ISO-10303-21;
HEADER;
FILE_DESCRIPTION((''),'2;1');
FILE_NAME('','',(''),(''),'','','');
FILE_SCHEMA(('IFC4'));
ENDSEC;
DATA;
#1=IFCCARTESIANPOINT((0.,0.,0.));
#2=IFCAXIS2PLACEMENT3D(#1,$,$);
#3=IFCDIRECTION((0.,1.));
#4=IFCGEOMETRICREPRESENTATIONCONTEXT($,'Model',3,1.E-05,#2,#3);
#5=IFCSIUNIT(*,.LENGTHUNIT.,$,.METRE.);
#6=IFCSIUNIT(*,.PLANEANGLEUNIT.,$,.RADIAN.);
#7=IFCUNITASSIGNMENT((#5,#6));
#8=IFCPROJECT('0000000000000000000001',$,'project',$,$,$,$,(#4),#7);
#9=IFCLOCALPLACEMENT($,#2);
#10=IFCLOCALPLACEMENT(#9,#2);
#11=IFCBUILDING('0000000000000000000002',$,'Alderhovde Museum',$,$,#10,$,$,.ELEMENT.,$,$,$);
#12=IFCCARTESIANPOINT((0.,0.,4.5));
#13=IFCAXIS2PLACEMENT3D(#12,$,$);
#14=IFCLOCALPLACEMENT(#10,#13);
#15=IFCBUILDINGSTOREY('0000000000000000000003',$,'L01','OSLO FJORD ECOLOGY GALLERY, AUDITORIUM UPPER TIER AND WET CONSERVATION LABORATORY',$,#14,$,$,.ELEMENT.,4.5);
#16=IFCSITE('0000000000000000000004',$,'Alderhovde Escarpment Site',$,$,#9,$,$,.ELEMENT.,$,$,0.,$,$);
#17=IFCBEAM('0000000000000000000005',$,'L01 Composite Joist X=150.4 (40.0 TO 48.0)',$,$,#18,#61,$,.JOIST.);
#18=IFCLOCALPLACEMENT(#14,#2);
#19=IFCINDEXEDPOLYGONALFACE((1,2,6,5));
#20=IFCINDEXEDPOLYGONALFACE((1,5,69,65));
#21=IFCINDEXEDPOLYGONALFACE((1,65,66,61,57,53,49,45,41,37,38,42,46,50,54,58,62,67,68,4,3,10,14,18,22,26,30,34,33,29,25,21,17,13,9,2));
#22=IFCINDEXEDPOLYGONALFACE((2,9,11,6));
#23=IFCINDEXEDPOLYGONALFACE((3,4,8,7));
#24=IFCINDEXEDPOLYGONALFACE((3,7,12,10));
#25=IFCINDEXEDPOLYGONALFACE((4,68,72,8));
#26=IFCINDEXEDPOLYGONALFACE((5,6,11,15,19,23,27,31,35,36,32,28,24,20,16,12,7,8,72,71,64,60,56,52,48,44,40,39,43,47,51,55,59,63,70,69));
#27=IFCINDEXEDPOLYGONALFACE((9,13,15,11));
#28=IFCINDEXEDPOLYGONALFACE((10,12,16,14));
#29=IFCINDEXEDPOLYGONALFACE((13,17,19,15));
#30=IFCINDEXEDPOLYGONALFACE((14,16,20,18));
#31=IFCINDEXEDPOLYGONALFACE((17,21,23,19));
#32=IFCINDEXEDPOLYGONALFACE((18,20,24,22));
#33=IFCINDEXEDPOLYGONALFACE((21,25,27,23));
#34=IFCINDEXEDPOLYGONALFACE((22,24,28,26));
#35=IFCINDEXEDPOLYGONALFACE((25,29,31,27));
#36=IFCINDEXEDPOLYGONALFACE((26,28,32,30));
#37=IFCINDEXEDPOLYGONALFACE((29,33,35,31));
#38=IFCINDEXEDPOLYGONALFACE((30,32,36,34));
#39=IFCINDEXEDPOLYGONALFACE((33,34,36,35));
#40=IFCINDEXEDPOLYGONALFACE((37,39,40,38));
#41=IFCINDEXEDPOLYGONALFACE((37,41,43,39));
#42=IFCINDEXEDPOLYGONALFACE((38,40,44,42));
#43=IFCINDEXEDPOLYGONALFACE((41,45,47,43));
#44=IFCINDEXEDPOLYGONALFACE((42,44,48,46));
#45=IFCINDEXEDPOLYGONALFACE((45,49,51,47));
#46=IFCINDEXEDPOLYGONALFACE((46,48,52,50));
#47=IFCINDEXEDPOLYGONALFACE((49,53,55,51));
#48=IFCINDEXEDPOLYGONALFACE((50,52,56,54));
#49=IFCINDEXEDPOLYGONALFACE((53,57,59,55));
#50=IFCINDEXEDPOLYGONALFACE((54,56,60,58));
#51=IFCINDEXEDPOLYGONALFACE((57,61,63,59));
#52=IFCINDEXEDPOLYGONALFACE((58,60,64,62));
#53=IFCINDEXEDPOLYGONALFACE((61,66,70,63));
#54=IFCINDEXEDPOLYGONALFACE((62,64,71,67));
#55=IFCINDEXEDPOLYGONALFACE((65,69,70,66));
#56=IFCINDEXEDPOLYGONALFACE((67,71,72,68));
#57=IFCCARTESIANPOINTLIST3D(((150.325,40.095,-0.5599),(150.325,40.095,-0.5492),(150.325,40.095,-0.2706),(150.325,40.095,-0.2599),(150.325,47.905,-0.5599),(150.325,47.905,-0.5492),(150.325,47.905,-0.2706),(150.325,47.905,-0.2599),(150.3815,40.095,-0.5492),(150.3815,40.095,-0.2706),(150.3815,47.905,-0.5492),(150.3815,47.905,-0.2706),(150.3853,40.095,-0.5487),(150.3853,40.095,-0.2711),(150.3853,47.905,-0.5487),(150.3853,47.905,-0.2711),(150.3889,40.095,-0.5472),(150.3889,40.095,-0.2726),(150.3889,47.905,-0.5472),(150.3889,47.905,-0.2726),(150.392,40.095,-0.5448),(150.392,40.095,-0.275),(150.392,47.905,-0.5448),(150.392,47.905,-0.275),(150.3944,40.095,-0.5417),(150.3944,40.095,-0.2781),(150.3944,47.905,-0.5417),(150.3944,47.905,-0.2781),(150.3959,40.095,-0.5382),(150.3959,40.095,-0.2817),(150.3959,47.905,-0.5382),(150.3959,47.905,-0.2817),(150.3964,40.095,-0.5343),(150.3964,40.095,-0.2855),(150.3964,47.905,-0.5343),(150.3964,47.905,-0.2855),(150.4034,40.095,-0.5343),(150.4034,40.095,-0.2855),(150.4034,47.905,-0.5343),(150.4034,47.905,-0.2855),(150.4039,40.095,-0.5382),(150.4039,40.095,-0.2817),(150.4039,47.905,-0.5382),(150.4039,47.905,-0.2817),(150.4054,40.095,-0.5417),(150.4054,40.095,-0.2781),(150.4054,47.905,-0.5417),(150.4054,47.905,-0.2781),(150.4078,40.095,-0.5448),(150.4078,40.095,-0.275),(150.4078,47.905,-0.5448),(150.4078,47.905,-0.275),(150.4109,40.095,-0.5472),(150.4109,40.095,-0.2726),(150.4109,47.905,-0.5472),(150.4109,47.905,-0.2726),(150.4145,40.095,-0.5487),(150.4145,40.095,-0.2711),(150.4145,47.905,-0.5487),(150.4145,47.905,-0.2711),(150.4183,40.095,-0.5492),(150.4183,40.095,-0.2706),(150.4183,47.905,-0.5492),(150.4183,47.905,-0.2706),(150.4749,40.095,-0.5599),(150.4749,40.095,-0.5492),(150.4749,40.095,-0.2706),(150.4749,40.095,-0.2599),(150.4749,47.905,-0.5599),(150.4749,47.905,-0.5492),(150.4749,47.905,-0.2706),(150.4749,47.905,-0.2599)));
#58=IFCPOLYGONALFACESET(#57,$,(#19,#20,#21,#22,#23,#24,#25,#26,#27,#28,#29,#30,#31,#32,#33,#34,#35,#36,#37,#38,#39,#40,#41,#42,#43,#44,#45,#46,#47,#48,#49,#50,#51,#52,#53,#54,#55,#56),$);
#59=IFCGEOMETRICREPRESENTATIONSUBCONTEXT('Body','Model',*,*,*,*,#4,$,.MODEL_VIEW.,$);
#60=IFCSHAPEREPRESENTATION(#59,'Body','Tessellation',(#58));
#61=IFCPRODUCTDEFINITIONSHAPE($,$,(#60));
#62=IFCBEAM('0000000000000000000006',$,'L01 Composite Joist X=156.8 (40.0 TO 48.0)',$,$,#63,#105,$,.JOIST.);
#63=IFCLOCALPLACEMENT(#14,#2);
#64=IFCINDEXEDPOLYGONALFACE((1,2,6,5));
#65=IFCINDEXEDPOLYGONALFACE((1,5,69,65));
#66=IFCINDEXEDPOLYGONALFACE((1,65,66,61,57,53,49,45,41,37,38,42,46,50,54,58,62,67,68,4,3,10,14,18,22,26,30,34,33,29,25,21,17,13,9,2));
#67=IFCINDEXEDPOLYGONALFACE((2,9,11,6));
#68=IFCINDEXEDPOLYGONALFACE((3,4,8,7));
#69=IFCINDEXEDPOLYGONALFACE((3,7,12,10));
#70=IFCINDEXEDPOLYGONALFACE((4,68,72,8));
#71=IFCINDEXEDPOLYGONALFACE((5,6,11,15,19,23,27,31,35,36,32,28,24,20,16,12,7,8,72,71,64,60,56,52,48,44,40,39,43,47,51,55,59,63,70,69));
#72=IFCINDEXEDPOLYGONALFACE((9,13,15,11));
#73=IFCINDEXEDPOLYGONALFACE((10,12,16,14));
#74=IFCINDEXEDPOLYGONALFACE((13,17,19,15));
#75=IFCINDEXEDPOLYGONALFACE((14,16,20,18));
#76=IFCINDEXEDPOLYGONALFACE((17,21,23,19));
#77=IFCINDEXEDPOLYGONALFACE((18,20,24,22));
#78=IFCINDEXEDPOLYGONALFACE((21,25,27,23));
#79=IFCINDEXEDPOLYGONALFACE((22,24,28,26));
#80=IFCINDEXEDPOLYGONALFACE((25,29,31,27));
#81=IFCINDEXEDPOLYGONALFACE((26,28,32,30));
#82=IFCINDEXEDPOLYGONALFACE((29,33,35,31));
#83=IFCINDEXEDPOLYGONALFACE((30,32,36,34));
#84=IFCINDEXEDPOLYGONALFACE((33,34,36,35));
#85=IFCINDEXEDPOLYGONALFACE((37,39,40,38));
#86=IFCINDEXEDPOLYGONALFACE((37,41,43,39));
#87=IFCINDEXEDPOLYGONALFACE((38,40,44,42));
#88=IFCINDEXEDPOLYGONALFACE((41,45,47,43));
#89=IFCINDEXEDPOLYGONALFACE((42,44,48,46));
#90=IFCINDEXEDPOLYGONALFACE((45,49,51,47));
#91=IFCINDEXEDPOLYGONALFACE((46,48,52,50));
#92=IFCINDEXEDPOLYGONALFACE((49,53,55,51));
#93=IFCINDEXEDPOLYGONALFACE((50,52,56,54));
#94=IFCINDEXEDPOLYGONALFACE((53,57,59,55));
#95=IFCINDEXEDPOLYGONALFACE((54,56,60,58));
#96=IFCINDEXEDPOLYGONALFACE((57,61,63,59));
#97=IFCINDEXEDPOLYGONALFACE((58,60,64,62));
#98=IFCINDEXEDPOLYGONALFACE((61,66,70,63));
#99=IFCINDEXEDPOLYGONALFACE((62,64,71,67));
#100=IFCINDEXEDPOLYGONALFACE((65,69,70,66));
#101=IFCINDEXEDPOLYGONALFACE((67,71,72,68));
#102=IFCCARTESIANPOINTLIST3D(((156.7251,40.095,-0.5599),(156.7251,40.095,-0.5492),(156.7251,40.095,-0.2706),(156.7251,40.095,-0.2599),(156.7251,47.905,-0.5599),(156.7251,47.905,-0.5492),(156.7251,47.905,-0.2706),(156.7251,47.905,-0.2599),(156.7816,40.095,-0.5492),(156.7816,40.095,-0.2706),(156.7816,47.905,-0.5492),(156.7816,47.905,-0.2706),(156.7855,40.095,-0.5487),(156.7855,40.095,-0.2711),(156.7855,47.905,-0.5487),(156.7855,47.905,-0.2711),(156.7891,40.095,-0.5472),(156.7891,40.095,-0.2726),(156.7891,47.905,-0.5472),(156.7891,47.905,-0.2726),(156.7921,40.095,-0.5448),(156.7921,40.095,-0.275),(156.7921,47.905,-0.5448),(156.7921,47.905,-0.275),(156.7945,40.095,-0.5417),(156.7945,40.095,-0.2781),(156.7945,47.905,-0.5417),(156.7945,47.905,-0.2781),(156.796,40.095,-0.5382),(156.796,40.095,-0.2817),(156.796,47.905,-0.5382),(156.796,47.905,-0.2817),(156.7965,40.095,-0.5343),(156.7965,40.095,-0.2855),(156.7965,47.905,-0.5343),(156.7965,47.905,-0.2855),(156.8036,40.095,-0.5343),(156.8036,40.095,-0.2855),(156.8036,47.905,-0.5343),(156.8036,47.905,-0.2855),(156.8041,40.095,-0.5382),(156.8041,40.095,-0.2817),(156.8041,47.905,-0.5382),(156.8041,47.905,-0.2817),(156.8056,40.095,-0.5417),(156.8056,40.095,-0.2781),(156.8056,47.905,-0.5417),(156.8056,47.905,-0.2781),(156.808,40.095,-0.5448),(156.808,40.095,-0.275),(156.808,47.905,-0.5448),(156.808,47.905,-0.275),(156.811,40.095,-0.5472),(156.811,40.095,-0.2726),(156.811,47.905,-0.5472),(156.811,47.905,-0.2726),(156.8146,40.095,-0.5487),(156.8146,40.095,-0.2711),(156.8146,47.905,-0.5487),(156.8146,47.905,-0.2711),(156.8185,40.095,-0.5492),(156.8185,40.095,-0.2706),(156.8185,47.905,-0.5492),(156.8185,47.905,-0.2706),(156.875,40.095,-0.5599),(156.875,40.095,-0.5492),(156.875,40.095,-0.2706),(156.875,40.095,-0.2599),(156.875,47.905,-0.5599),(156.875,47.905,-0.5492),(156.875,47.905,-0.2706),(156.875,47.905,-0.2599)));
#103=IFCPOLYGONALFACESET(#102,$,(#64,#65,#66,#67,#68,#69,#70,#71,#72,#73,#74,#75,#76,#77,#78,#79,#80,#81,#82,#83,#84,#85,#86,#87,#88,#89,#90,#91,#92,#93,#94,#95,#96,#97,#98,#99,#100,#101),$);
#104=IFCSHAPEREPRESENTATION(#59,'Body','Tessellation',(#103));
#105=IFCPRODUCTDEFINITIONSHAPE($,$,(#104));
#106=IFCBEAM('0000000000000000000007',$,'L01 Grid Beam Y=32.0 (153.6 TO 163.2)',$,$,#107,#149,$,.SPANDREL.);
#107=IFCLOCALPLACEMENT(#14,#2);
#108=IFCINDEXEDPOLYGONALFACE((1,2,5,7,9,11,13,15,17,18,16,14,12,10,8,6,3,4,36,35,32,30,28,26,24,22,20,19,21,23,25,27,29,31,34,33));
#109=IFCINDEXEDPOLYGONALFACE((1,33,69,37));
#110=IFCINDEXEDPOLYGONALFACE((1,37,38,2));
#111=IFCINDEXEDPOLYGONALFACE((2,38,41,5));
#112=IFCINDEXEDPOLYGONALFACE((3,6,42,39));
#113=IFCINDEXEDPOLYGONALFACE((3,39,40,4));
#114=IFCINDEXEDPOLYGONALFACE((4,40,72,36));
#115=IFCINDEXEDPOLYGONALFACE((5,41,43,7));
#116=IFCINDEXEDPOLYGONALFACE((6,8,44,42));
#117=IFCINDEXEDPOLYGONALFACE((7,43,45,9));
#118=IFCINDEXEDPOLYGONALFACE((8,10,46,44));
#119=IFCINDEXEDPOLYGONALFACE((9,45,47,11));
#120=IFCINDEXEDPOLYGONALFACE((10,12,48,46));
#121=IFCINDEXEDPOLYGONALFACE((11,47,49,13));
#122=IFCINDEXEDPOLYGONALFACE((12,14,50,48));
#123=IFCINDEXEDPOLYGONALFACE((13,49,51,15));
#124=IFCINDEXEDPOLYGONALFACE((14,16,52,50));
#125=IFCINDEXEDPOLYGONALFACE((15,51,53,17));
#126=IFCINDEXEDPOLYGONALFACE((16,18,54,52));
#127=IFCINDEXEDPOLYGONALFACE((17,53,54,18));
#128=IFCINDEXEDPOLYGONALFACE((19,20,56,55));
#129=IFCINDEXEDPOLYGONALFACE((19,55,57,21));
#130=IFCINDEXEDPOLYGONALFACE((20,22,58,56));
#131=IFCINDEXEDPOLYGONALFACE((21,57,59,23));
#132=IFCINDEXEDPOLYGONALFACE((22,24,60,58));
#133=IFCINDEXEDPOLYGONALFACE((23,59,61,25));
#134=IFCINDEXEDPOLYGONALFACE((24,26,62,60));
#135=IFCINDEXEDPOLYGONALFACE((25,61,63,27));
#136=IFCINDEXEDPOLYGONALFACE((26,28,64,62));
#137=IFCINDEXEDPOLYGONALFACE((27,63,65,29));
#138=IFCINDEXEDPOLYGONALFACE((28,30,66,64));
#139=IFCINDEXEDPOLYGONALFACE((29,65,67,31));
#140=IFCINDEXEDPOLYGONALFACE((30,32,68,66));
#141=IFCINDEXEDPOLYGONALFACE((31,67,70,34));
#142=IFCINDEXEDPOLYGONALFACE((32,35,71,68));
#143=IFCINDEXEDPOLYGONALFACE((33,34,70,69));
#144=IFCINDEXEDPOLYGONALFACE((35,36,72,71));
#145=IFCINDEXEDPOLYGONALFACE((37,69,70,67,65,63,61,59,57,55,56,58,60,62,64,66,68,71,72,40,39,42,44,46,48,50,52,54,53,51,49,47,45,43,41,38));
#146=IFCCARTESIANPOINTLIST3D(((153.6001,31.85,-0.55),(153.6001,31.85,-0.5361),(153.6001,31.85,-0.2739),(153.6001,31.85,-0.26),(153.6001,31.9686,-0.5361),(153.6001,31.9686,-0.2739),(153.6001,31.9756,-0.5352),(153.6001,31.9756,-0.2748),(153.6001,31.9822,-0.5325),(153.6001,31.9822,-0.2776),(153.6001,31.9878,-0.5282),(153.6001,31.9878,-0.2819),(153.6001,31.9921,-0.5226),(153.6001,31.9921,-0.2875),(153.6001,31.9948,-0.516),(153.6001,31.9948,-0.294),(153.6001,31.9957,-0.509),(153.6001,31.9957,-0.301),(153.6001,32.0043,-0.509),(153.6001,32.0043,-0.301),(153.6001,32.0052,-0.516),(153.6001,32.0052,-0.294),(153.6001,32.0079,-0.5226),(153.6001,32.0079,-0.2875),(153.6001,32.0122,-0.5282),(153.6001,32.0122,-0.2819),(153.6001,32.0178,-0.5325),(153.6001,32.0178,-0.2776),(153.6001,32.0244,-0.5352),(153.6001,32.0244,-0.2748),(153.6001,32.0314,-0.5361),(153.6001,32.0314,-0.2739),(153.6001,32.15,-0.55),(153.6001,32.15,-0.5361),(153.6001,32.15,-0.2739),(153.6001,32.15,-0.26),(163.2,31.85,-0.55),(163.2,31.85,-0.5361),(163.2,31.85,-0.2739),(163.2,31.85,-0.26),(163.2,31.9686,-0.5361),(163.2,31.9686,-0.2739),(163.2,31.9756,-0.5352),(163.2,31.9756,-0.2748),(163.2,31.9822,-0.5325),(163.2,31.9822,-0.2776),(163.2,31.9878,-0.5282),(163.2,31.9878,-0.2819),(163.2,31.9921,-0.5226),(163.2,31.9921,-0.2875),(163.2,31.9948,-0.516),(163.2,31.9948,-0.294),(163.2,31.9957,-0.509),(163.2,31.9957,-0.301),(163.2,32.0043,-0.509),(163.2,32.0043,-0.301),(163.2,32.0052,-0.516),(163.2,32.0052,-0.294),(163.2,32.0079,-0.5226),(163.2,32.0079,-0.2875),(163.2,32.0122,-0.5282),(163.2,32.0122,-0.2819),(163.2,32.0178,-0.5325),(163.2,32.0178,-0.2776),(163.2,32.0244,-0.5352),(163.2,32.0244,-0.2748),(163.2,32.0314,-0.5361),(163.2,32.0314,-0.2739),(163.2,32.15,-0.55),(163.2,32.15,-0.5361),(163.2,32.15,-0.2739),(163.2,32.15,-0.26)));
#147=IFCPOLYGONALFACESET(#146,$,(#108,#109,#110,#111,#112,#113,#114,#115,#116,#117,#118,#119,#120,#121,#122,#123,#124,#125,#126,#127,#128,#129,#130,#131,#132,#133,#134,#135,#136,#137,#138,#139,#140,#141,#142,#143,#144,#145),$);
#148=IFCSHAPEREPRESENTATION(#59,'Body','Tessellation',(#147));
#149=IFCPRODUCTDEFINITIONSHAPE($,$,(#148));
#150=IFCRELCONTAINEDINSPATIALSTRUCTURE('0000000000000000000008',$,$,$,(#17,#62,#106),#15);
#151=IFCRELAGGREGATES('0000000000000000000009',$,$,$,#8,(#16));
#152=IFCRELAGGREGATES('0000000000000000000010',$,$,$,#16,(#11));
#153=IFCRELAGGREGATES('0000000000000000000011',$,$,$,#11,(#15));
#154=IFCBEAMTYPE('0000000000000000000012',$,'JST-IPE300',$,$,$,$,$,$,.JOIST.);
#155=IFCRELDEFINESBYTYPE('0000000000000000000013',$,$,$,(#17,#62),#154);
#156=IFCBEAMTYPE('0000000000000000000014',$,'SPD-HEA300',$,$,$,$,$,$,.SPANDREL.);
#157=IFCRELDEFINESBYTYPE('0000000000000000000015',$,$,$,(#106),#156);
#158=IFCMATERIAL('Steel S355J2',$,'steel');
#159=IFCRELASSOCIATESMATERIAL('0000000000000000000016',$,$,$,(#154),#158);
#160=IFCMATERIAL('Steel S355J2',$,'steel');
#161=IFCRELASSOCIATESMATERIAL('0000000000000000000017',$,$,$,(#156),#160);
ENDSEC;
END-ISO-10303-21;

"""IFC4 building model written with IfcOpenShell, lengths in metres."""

from ifc_helpers import new_model, si_unit, direction, frame, origin, origin_2d, place, context, subcontext, project, spatial, i_section, extrude, material, material_profile, profile_set, type_object, element, save


model = new_model("IFC4")

# Units and contexts
model_context = context("Model", 3, precision=1e-05, world=origin(), true_north=direction((0.0, 1.0)))
body_context = subcontext(model_context, "Body", "Model", "MODEL_VIEW")
ifc_project = project(units=[si_unit("LENGTHUNIT", "METRE"), si_unit("PLANEANGLEUNIT", "RADIAN")], contexts=[model_context])

# Site, building, storey
site_placement = place(None, origin())
site = spatial("IfcSite", under=ifc_project, at=site_placement, Name="Alderhovde Escarpment Site", CompositionType="ELEMENT", RefElevation=0.0)
building_placement = place(site_placement, origin())
building = spatial("IfcBuilding", under=site, at=building_placement, Name="Alderhovde Museum", CompositionType="ELEMENT")
storey_placement = place(building_placement, frame((0.0, 0.0, 4.5)))
storey = spatial("IfcBuildingStorey", under=building, at=storey_placement, Name="L01", Description="OSLO FJORD ECOLOGY GALLERY, AUDITORIUM UPPER TIER AND WET CONSERVATION LABORATORY", CompositionType="ELEMENT", Elevation=4.5)

# Beams
ifc_material_1 = material(Name="Steel S355J2", Category="steel")
ifc_material_profile_1 = material_profile(ifc_material_1, i_section(OverallWidth=0.1499, OverallDepth=0.3, WebThickness=0.0071, FlangeThickness=0.0107, FilletRadius=0.0149, at=origin_2d()), Name="IPE 300")
ifc_profile_set_1 = profile_set([ifc_material_profile_1], Name="Steel S355J2")
beam_type_1 = type_object("IfcBeamType", Name="JST-IPE300", PredefinedType="JOIST", material=ifc_profile_set_1)
for number, where, z_axis, x_axis, name in (
    (1, (150.3999, 40.095, -0.4099), (0.0, 1.0, 0.0), (-1.0, 0.0, 0.0), "L01 Composite Joist X=150.4 (40.0 TO 48.0)"),
    (2, (156.8, 40.095, -0.4099), (0.0, 1.0, 0.0), (-1.0, 0.0, 0.0), "L01 Composite Joist X=156.8 (40.0 TO 48.0)"),
):
    element("IfcBeam", number, at=place(storey_placement, frame(where, z_axis=z_axis, x_axis=x_axis)), inside=storey, type_object=beam_type_1, Name=name, PredefinedType="JOIST", context=body_context, shape_type="SweptSolid", body=[
        extrude(i_section(OverallWidth=0.1499, OverallDepth=0.3, WebThickness=0.0071, FlangeThickness=0.0107, FilletRadius=0.0149, at=origin_2d()), origin(), (0.0, 0.0, 1.0), 7.8101),
    ])
ifc_material_2 = material(Name="Steel S355J2", Category="steel")
ifc_material_profile_2 = material_profile(ifc_material_2, i_section(OverallWidth=0.3, OverallDepth=0.29, WebThickness=0.0085, FlangeThickness=0.0139, FilletRadius=0.0271, at=origin_2d()), Name="HEA 300")
ifc_profile_set_2 = profile_set([ifc_material_profile_2], Name="Steel S355J2")
beam_type_2 = type_object("IfcBeamType", Name="SPD-HEA300", PredefinedType="SPANDREL", material=ifc_profile_set_2)
beam_1_placement = place(storey_placement, frame((153.6001, 32.0, -0.405), z_axis=(1.0, 0.0, 0.0), x_axis=(0.0, 1.0, 0.0)))
element("IfcBeam", 3, at=beam_1_placement, inside=storey, type_object=beam_type_2, Name="L01 Grid Beam Y=32.0 (153.6 TO 163.2)", PredefinedType="SPANDREL", context=body_context, shape_type="SweptSolid", body=[
    extrude(i_section(OverallWidth=0.3, OverallDepth=0.29, WebThickness=0.0085, FlangeThickness=0.0139, FilletRadius=0.0271, at=origin_2d()), origin(), (0.0, 0.0, 1.0), 9.5999),
])

save(model, "model.ifc")
